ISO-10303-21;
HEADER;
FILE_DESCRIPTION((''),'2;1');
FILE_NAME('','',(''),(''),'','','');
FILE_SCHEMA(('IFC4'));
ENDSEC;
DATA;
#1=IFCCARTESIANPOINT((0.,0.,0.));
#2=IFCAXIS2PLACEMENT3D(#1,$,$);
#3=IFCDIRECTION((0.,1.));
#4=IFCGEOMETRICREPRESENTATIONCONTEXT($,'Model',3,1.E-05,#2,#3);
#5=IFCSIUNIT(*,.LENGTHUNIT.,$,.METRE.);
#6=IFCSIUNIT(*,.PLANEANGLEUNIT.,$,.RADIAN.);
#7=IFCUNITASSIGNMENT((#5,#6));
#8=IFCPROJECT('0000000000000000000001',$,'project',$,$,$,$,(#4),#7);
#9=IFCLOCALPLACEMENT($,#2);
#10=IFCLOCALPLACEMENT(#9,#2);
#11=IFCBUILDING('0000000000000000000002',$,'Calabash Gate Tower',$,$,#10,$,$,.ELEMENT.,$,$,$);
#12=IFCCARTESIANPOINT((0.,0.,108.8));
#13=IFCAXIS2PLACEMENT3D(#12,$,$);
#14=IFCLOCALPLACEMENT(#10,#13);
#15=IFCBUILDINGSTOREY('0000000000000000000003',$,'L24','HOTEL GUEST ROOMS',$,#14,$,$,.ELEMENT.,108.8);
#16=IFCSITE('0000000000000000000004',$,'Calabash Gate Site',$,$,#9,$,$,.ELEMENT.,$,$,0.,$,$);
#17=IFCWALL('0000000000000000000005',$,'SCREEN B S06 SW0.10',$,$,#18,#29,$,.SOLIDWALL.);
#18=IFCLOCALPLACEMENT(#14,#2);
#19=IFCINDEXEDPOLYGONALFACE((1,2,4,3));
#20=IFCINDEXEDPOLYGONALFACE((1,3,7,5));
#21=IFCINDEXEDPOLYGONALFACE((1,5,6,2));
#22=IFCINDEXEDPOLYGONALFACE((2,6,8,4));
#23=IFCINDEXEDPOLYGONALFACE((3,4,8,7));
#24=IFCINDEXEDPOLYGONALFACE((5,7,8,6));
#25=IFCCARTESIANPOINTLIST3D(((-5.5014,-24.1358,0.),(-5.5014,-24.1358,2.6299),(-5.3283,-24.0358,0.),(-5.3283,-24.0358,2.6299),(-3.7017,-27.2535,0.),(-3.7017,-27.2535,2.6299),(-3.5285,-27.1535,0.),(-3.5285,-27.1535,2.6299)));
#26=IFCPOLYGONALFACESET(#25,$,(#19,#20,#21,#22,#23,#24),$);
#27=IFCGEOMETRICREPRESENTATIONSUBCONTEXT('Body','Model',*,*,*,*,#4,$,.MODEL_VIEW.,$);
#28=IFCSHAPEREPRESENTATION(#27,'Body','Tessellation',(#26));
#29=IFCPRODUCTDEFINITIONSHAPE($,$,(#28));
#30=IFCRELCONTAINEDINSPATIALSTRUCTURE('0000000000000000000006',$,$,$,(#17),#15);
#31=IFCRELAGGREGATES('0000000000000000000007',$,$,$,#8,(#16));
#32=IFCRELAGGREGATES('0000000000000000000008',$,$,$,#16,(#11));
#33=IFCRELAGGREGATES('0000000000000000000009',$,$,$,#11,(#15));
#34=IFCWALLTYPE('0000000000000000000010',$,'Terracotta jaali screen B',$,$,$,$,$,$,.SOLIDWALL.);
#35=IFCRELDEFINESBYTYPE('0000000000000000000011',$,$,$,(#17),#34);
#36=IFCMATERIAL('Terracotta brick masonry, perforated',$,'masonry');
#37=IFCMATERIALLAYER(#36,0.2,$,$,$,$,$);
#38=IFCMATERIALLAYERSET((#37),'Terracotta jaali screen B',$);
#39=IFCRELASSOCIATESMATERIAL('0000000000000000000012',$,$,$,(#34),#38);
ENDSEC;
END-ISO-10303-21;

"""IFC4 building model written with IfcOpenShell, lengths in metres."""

from ifc_helpers import new_model, si_unit, direction, frame, frame_2d, origin, place, context, subcontext, project, spatial, rectangle, extrude, material, layer, layer_set, type_object, element, save


model = new_model("IFC4")

# Units and contexts
model_context = context("Model", 3, precision=1e-05, world=origin(), true_north=direction((0.0, 1.0)))
body_context = subcontext(model_context, "Body", "Model", "MODEL_VIEW")
ifc_project = project(units=[si_unit("LENGTHUNIT", "METRE"), si_unit("PLANEANGLEUNIT", "RADIAN")], contexts=[model_context])

# Site, building, storey
site_placement = place(None, origin())
site = spatial("IfcSite", under=ifc_project, at=site_placement, Name="Calabash Gate Site", CompositionType="ELEMENT", RefElevation=0.0)
building_placement = place(site_placement, origin())
building = spatial("IfcBuilding", under=site, at=building_placement, Name="Calabash Gate Tower", CompositionType="ELEMENT")
storey_placement = place(building_placement, frame((0.0, 0.0, 108.8)))
storey = spatial("IfcBuildingStorey", under=building, at=storey_placement, Name="L24", Description="HOTEL GUEST ROOMS", CompositionType="ELEMENT", Elevation=108.8)

# Wall
ifc_material_1 = material(Name="Terracotta brick masonry, perforated", Category="masonry")
ifc_layer_1 = layer(ifc_material_1, 0.2)
ifc_layer_set_1 = layer_set([ifc_layer_1], Name="Terracotta jaali screen B")
wall_type_1 = type_object("IfcWallType", Name="Terracotta jaali screen B", PredefinedType="SOLIDWALL", material=ifc_layer_set_1)
for number, where, z_axis, x_axis, name in (
    (1, (-5.4148, -24.0859, 0.0), (0.0, 0.0, 1.0), (0.499961, -0.866048, 0.0), "SCREEN B S06 SW0.10"),
):
    element("IfcWall", number, at=place(storey_placement, frame(where, z_axis=z_axis, x_axis=x_axis)), inside=storey, type_object=wall_type_1, Name=name, PredefinedType="SOLIDWALL", context=body_context, shape_type="SweptSolid", body=[
        extrude(rectangle(XDim=3.5999, YDim=0.2, at=frame_2d((1.7998, 0.0))), origin(), (0.0, 0.0, 1.0), 2.6299),
    ])

save(model, "model.ifc")
